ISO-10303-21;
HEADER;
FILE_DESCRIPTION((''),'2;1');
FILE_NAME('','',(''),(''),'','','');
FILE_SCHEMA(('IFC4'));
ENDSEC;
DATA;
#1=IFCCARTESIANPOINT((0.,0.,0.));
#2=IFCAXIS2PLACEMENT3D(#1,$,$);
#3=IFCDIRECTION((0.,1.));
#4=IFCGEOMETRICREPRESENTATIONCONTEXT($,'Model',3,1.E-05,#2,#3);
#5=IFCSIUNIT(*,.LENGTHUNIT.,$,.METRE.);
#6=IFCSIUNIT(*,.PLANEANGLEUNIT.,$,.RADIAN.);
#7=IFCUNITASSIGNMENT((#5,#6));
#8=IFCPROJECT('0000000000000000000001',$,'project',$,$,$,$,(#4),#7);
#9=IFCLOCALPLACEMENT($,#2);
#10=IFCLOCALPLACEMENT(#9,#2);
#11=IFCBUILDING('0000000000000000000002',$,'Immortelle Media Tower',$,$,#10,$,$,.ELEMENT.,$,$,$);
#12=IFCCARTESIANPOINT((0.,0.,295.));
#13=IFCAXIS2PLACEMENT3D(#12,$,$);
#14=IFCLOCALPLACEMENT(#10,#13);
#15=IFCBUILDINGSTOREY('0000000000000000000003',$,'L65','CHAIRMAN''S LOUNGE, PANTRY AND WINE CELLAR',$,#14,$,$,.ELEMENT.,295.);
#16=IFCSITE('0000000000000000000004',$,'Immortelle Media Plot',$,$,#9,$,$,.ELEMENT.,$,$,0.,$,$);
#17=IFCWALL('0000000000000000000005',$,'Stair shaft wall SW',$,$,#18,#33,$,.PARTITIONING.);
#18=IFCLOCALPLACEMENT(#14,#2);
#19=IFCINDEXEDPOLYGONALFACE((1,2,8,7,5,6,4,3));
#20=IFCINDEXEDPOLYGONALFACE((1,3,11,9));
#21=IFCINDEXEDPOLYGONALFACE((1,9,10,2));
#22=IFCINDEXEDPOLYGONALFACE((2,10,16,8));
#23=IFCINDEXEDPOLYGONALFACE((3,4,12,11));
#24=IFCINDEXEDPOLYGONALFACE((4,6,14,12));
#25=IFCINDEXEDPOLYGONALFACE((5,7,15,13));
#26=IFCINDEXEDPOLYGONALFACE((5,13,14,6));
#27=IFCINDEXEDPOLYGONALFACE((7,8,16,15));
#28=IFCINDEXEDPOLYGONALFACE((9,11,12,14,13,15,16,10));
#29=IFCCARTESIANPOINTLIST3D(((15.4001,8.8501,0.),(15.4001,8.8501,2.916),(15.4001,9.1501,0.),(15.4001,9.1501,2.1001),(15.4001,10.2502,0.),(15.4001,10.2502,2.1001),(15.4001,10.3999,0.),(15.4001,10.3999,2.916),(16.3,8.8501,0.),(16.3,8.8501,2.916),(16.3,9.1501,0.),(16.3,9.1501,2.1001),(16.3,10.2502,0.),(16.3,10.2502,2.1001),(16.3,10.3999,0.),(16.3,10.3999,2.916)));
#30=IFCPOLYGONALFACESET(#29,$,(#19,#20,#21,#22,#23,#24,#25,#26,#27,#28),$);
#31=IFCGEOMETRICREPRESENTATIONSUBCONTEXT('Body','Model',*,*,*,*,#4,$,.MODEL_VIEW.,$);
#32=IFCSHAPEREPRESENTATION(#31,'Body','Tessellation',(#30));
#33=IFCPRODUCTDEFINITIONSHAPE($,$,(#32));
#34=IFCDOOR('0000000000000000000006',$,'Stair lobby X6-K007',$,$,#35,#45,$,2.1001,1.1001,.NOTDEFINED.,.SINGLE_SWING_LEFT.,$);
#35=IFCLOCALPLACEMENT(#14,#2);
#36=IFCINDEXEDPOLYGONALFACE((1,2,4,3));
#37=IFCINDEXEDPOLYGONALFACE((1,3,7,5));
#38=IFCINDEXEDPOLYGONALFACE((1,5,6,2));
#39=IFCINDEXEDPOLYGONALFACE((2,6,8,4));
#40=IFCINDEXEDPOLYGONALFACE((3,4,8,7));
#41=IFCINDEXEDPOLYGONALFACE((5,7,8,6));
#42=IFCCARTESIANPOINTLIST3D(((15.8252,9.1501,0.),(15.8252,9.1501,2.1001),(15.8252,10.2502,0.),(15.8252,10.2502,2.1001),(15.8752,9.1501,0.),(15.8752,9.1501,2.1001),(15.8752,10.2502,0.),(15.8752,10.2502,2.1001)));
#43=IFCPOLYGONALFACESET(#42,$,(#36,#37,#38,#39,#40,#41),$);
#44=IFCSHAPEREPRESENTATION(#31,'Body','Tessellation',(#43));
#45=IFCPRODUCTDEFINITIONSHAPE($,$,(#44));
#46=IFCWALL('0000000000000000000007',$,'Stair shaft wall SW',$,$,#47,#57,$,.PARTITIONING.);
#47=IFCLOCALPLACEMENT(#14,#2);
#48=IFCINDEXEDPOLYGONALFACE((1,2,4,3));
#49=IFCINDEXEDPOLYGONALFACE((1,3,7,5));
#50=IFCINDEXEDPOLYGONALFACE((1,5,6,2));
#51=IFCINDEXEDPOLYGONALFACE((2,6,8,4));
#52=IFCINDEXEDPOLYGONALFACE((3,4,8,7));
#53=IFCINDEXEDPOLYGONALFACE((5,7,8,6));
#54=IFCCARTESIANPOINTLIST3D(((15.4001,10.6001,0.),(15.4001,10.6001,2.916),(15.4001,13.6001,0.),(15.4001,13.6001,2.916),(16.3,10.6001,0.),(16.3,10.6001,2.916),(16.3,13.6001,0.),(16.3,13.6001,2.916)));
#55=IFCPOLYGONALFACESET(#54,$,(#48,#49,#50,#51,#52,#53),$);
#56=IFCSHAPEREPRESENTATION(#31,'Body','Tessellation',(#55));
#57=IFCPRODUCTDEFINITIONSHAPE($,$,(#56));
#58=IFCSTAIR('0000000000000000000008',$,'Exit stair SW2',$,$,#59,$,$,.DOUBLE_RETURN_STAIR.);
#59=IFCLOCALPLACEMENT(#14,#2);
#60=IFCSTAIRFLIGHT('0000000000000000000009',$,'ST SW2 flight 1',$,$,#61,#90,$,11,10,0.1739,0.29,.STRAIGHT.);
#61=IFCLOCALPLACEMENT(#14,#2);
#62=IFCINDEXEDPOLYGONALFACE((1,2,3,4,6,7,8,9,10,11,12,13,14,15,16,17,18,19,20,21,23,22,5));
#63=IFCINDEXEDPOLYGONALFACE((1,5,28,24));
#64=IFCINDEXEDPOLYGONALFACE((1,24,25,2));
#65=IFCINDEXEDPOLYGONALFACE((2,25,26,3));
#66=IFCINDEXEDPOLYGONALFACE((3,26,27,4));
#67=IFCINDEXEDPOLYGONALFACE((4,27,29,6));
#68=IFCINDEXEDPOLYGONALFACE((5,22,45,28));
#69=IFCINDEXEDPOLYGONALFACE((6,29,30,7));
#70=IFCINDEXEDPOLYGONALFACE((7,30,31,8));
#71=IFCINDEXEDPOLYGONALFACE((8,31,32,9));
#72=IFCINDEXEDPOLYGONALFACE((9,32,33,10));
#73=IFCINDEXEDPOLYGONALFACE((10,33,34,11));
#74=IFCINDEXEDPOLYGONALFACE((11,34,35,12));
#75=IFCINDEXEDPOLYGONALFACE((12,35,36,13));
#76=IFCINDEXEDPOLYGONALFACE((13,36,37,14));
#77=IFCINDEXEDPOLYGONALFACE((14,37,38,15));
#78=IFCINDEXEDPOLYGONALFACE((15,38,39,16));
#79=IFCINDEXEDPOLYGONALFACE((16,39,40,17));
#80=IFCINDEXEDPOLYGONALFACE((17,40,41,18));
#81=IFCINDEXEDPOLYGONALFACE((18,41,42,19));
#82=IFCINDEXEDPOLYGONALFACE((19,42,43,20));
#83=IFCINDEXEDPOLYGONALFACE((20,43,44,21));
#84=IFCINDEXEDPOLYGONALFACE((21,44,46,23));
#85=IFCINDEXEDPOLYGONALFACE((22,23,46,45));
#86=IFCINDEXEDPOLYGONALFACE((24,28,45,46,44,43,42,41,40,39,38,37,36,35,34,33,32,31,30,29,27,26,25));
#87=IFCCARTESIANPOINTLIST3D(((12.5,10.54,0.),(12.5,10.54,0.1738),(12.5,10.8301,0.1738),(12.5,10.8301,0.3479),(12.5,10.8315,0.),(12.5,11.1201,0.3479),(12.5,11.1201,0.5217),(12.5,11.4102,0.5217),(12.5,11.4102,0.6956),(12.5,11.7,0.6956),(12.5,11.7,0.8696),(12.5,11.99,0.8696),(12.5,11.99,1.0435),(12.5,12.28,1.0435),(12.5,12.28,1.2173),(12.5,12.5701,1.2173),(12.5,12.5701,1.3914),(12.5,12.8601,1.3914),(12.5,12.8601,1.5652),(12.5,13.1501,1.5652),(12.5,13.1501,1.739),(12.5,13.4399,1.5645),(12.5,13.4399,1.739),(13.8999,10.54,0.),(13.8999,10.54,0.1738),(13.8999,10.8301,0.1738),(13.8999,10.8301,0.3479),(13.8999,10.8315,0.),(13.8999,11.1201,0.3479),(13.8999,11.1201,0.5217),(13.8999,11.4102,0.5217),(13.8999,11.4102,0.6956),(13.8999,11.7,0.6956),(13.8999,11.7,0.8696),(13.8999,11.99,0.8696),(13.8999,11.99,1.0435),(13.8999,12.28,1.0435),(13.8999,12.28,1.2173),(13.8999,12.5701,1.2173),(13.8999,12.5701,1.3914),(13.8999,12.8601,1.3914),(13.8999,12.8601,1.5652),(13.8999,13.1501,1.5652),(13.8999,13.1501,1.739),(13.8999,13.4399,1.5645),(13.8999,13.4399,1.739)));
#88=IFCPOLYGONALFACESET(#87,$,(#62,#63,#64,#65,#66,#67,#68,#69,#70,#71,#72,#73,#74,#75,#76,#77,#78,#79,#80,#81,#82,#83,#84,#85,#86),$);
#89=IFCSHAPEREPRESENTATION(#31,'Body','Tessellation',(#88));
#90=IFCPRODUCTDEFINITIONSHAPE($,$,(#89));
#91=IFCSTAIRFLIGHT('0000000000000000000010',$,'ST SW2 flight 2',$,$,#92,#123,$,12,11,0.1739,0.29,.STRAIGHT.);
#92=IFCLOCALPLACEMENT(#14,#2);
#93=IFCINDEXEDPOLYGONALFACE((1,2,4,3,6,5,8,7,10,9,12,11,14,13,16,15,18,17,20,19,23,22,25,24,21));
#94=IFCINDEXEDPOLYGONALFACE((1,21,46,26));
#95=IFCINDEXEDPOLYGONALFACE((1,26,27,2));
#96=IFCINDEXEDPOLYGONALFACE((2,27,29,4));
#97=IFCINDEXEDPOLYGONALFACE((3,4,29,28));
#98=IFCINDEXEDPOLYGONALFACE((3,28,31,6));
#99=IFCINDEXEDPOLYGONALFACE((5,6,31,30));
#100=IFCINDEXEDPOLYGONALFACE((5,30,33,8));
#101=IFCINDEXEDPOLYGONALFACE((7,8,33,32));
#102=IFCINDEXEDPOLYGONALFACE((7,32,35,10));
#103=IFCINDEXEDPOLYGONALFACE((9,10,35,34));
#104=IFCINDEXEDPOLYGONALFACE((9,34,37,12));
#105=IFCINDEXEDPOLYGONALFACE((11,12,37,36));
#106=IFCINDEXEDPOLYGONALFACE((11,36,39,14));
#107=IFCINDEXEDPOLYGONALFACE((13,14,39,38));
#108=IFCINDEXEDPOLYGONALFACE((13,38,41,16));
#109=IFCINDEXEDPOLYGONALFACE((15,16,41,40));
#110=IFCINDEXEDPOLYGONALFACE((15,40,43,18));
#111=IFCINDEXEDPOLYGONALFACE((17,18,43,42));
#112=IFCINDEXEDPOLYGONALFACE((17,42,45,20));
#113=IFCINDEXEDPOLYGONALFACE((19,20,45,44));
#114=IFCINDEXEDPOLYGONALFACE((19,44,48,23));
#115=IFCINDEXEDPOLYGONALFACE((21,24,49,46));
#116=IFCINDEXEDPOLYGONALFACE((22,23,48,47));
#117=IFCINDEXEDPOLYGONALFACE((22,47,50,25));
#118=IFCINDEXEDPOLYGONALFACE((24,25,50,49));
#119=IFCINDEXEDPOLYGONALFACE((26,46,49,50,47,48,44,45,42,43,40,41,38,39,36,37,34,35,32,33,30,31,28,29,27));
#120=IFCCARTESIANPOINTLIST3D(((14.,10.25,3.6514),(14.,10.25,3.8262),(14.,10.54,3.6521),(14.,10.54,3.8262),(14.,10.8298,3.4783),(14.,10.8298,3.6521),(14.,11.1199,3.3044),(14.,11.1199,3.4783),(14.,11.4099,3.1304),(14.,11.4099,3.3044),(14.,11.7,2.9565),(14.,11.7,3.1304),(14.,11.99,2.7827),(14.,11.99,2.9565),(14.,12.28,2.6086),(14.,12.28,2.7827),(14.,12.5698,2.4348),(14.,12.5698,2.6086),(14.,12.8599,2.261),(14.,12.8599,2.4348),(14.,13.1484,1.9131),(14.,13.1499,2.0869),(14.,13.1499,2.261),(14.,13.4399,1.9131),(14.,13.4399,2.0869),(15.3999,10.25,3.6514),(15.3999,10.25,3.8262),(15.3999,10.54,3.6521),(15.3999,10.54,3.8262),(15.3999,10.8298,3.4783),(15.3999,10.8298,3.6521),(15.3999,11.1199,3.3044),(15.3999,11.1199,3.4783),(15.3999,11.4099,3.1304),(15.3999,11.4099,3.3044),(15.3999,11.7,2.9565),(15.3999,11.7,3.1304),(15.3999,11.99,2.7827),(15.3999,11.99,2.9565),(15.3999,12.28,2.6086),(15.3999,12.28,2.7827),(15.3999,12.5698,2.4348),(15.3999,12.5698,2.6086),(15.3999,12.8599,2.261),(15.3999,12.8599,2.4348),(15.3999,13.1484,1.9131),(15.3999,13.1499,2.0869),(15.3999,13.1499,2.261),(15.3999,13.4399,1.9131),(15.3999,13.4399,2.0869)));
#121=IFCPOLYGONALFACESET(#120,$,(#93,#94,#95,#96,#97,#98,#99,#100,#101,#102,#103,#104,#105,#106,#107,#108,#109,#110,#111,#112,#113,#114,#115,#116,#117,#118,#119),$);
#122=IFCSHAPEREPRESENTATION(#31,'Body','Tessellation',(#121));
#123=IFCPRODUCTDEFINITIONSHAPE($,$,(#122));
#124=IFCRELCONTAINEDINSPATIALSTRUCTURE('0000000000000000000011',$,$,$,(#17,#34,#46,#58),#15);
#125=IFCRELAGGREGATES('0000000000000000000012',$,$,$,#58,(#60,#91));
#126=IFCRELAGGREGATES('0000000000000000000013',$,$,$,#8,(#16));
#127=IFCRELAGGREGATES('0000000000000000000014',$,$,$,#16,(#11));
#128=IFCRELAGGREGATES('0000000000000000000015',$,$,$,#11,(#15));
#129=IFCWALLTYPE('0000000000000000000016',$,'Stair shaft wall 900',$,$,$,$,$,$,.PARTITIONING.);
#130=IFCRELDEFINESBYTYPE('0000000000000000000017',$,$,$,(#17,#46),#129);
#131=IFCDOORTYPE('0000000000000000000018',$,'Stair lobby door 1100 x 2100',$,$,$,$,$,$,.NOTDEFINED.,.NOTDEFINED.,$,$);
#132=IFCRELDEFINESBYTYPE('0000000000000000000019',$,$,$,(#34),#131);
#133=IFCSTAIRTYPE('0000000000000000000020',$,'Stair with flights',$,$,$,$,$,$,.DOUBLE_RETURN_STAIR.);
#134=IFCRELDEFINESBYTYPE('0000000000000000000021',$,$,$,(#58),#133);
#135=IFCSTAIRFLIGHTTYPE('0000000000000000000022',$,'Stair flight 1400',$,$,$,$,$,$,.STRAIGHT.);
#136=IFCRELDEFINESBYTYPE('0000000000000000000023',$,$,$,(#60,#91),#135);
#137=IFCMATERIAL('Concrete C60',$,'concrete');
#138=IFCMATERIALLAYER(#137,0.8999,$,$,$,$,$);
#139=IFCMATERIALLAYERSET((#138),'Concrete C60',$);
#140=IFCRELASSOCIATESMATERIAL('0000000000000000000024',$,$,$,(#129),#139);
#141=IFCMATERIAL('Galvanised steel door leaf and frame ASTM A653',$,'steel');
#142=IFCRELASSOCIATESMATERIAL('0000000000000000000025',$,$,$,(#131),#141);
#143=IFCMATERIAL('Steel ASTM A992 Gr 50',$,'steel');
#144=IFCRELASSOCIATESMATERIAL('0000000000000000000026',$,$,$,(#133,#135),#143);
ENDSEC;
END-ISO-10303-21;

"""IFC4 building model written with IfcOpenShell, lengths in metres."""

from ifc_helpers import new_model, si_unit, direction, frame, frame_2d, origin, place, context, subcontext, project, spatial, polyline, rectangle, outline, extrude, material, layer, layer_set, type_object, element, fill, aggregate, save


model = new_model("IFC4")

# Units and contexts
model_context = context("Model", 3, precision=1e-05, world=origin(), true_north=direction((0.0, 1.0)))
body_context = subcontext(model_context, "Body", "Model", "MODEL_VIEW")
ifc_project = project(units=[si_unit("LENGTHUNIT", "METRE"), si_unit("PLANEANGLEUNIT", "RADIAN")], contexts=[model_context])

# Site, building, storey
site_placement = place(None, origin())
site = spatial("IfcSite", under=ifc_project, at=site_placement, Name="Immortelle Media Plot", CompositionType="ELEMENT", RefElevation=0.0)
building_placement = place(site_placement, origin())
building = spatial("IfcBuilding", under=site, at=building_placement, Name="Immortelle Media Tower", CompositionType="ELEMENT")
storey_placement = place(building_placement, frame((0.0, 0.0, 295.0)))
storey = spatial("IfcBuildingStorey", under=building, at=storey_placement, Name="L65", Description="CHAIRMAN'S LOUNGE, PANTRY AND WINE CELLAR", CompositionType="ELEMENT", Elevation=295.0)

# Shared definitions
ifc_material_1 = material(Name="Steel ASTM A992 Gr 50", Category="steel")

# Shared definitions
ifc_material_2 = material(Name="Galvanised steel door leaf and frame ASTM A653", Category="steel")

# Shared definitions
ifc_material_3 = material(Name="Concrete C60", Category="concrete")

# Wall, opening, door
ifc_layer_1 = layer(ifc_material_3, 0.8999)
ifc_layer_set_1 = layer_set([ifc_layer_1], Name="Concrete C60")
wall_type_1 = type_object("IfcWallType", Name="Stair shaft wall 900", PredefinedType="PARTITIONING", material=ifc_layer_set_1)
wall_1_placement = place(storey_placement, frame((15.8501, 8.8501, 0.0), z_axis=(0.0, 0.0, 1.0), x_axis=(0.0, 1.0, 0.0)))
wall_1 = element("IfcWall", 1, at=wall_1_placement, inside=storey, type_object=wall_type_1, Name="Stair shaft wall SW", PredefinedType="PARTITIONING", context=body_context, shape_type="SweptSolid", body=[
    extrude(rectangle(XDim=1.5498, YDim=0.8999, at=frame_2d((0.7749, 0.0))), origin(), (0.0, 0.0, 1.0), 2.916),
])
opening_1_placement = place(wall_1_placement, frame((0.3, 0.0, 0.0)))
opening_1 = element("IfcOpeningElement", 2, at=opening_1_placement, cuts=wall_1, PredefinedType="OPENING", context=body_context, shape_type="SweptSolid", body=[
    extrude(rectangle(XDim=1.1001, YDim=2.1001, at=frame_2d((0.55, 1.05))), frame((0.0, 0.46, 0.0), z_axis=(0.0, -1.0, 0.0), x_axis=(1.0, 0.0, 0.0)), (0.0, 0.0, 1.0), 0.9199),
])
door_type_1 = type_object("IfcDoorType", Name="Stair lobby door 1100 x 2100", OperationType="NOTDEFINED", PredefinedType="NOTDEFINED", material=ifc_material_2)
door_1_placement = place(opening_1_placement, origin())
door_1 = element("IfcDoor", 3, at=door_1_placement, inside=storey, type_object=door_type_1, Name="Stair lobby X6-K007", OperationType="SINGLE_SWING_LEFT", OverallHeight=2.1001, OverallWidth=1.1001, PredefinedType="NOTDEFINED", context=body_context, shape_type="SweptSolid", body=[
    extrude(rectangle(XDim=1.1001, YDim=2.1001, at=frame_2d((0.55, 1.05))), frame((0.0, 0.0249, 0.0), z_axis=(0.0, -1.0, 0.0), x_axis=(1.0, 0.0, 0.0)), (0.0, 0.0, 1.0), 0.05),
])
fill(opening_1, door_1)

# Wall
wall_2_placement = place(storey_placement, frame((15.8501, 10.6001, 0.0), z_axis=(0.0, 0.0, 1.0), x_axis=(0.0, 1.0, 0.0)))
element("IfcWall", 4, at=wall_2_placement, inside=storey, type_object=wall_type_1, Name="Stair shaft wall SW", PredefinedType="PARTITIONING", context=body_context, shape_type="SweptSolid", body=[
    extrude(rectangle(XDim=3.0, YDim=0.8999, at=frame_2d((1.5, 0.0))), origin(), (0.0, 0.0, 1.0), 2.916),
])

# Stair, stair flights
stair_type = type_object("IfcStairType", Name="Stair with flights", PredefinedType="DOUBLE_RETURN_STAIR", material=ifc_material_1)
stair_placement = place(storey_placement, origin())
stair = element("IfcStair", 5, at=stair_placement, inside=storey, type_object=stair_type, Name="Exit stair SW2", PredefinedType="DOUBLE_RETURN_STAIR")
stair_flight_type = type_object("IfcStairFlightType", Name="Stair flight 1400", PredefinedType="STRAIGHT", material=ifc_material_1)
stair_flight_1_placement = place(storey_placement, frame((13.2, 10.54, 0.0), z_axis=(0.0, 0.0, 1.0), x_axis=(0.0, 1.0, 0.0)))
stair_flight_1 = element("IfcStairFlight", 6, at=stair_flight_1_placement, type_object=stair_flight_type, Name="ST SW2 flight 1", NumberOfRisers=11, NumberOfTreads=10, PredefinedType="STRAIGHT", RiserHeight=0.1739, TreadLength=0.29, context=body_context, shape_type="SweptSolid", body=[
    extrude(outline(polyline([(0.0, 0.0), (0.0, 0.1738), (0.29, 0.1738), (0.29, 0.3479), (0.5801, 0.3479), (0.5801, 0.5217), (0.8701, 0.5217), (0.8701, 0.6956), (1.1599, 0.6956), (1.1599, 0.8696), (1.45, 0.8696), (1.45, 1.0435), (1.74, 1.0435), (1.74, 1.2173), (2.03, 1.2173), (2.03, 1.3914), (2.3201, 1.3914), (2.3201, 1.5652), (2.6101, 1.5652), (2.6101, 1.739), (2.8999, 1.739), (2.8999, 1.9131), (2.8999, 1.5645), (0.2915, 0.0), (0.0, 0.0)])), frame((0.0, 0.7, 0.0), z_axis=(0.0, -1.0, 0.0), x_axis=(1.0, 0.0, 0.0)), (0.0, 0.0, 1.0), 1.3999),
])
stair_flight_2_placement = place(storey_placement, frame((14.7, 13.4399, 1.9131), z_axis=(0.0, 0.0, 1.0), x_axis=(0.0, -1.0, 0.0)))
stair_flight_2 = element("IfcStairFlight", 7, at=stair_flight_2_placement, type_object=stair_flight_type, Name="ST SW2 flight 2", NumberOfRisers=12, NumberOfTreads=11, PredefinedType="STRAIGHT", RiserHeight=0.1739, TreadLength=0.29, context=body_context, shape_type="SweptSolid", body=[
    extrude(outline(polyline([(0.0, 0.0), (0.0, 0.1738), (0.29, 0.1738), (0.29, 0.3479), (0.5801, 0.3479), (0.5801, 0.5217), (0.8701, 0.5217), (0.8701, 0.6956), (1.1599, 0.6956), (1.1599, 0.8696), (1.45, 0.8696), (1.45, 1.0435), (1.74, 1.0435), (1.74, 1.2173), (2.03, 1.2173), (2.03, 1.3914), (2.3201, 1.3914), (2.3201, 1.5652), (2.6101, 1.5652), (2.6101, 1.739), (2.8999, 1.739), (2.8999, 1.9131), (3.1899, 1.9131), (3.1899, 2.0869), (3.1899, 1.7383), (0.2915, 0.0), (0.0, 0.0)])), frame((0.0, 0.7, 0.0), z_axis=(0.0, -1.0, 0.0), x_axis=(1.0, 0.0, 0.0)), (0.0, 0.0, 1.0), 1.3999),
])
aggregate(stair, [stair_flight_1, stair_flight_2])

save(model, "model.ifc")
